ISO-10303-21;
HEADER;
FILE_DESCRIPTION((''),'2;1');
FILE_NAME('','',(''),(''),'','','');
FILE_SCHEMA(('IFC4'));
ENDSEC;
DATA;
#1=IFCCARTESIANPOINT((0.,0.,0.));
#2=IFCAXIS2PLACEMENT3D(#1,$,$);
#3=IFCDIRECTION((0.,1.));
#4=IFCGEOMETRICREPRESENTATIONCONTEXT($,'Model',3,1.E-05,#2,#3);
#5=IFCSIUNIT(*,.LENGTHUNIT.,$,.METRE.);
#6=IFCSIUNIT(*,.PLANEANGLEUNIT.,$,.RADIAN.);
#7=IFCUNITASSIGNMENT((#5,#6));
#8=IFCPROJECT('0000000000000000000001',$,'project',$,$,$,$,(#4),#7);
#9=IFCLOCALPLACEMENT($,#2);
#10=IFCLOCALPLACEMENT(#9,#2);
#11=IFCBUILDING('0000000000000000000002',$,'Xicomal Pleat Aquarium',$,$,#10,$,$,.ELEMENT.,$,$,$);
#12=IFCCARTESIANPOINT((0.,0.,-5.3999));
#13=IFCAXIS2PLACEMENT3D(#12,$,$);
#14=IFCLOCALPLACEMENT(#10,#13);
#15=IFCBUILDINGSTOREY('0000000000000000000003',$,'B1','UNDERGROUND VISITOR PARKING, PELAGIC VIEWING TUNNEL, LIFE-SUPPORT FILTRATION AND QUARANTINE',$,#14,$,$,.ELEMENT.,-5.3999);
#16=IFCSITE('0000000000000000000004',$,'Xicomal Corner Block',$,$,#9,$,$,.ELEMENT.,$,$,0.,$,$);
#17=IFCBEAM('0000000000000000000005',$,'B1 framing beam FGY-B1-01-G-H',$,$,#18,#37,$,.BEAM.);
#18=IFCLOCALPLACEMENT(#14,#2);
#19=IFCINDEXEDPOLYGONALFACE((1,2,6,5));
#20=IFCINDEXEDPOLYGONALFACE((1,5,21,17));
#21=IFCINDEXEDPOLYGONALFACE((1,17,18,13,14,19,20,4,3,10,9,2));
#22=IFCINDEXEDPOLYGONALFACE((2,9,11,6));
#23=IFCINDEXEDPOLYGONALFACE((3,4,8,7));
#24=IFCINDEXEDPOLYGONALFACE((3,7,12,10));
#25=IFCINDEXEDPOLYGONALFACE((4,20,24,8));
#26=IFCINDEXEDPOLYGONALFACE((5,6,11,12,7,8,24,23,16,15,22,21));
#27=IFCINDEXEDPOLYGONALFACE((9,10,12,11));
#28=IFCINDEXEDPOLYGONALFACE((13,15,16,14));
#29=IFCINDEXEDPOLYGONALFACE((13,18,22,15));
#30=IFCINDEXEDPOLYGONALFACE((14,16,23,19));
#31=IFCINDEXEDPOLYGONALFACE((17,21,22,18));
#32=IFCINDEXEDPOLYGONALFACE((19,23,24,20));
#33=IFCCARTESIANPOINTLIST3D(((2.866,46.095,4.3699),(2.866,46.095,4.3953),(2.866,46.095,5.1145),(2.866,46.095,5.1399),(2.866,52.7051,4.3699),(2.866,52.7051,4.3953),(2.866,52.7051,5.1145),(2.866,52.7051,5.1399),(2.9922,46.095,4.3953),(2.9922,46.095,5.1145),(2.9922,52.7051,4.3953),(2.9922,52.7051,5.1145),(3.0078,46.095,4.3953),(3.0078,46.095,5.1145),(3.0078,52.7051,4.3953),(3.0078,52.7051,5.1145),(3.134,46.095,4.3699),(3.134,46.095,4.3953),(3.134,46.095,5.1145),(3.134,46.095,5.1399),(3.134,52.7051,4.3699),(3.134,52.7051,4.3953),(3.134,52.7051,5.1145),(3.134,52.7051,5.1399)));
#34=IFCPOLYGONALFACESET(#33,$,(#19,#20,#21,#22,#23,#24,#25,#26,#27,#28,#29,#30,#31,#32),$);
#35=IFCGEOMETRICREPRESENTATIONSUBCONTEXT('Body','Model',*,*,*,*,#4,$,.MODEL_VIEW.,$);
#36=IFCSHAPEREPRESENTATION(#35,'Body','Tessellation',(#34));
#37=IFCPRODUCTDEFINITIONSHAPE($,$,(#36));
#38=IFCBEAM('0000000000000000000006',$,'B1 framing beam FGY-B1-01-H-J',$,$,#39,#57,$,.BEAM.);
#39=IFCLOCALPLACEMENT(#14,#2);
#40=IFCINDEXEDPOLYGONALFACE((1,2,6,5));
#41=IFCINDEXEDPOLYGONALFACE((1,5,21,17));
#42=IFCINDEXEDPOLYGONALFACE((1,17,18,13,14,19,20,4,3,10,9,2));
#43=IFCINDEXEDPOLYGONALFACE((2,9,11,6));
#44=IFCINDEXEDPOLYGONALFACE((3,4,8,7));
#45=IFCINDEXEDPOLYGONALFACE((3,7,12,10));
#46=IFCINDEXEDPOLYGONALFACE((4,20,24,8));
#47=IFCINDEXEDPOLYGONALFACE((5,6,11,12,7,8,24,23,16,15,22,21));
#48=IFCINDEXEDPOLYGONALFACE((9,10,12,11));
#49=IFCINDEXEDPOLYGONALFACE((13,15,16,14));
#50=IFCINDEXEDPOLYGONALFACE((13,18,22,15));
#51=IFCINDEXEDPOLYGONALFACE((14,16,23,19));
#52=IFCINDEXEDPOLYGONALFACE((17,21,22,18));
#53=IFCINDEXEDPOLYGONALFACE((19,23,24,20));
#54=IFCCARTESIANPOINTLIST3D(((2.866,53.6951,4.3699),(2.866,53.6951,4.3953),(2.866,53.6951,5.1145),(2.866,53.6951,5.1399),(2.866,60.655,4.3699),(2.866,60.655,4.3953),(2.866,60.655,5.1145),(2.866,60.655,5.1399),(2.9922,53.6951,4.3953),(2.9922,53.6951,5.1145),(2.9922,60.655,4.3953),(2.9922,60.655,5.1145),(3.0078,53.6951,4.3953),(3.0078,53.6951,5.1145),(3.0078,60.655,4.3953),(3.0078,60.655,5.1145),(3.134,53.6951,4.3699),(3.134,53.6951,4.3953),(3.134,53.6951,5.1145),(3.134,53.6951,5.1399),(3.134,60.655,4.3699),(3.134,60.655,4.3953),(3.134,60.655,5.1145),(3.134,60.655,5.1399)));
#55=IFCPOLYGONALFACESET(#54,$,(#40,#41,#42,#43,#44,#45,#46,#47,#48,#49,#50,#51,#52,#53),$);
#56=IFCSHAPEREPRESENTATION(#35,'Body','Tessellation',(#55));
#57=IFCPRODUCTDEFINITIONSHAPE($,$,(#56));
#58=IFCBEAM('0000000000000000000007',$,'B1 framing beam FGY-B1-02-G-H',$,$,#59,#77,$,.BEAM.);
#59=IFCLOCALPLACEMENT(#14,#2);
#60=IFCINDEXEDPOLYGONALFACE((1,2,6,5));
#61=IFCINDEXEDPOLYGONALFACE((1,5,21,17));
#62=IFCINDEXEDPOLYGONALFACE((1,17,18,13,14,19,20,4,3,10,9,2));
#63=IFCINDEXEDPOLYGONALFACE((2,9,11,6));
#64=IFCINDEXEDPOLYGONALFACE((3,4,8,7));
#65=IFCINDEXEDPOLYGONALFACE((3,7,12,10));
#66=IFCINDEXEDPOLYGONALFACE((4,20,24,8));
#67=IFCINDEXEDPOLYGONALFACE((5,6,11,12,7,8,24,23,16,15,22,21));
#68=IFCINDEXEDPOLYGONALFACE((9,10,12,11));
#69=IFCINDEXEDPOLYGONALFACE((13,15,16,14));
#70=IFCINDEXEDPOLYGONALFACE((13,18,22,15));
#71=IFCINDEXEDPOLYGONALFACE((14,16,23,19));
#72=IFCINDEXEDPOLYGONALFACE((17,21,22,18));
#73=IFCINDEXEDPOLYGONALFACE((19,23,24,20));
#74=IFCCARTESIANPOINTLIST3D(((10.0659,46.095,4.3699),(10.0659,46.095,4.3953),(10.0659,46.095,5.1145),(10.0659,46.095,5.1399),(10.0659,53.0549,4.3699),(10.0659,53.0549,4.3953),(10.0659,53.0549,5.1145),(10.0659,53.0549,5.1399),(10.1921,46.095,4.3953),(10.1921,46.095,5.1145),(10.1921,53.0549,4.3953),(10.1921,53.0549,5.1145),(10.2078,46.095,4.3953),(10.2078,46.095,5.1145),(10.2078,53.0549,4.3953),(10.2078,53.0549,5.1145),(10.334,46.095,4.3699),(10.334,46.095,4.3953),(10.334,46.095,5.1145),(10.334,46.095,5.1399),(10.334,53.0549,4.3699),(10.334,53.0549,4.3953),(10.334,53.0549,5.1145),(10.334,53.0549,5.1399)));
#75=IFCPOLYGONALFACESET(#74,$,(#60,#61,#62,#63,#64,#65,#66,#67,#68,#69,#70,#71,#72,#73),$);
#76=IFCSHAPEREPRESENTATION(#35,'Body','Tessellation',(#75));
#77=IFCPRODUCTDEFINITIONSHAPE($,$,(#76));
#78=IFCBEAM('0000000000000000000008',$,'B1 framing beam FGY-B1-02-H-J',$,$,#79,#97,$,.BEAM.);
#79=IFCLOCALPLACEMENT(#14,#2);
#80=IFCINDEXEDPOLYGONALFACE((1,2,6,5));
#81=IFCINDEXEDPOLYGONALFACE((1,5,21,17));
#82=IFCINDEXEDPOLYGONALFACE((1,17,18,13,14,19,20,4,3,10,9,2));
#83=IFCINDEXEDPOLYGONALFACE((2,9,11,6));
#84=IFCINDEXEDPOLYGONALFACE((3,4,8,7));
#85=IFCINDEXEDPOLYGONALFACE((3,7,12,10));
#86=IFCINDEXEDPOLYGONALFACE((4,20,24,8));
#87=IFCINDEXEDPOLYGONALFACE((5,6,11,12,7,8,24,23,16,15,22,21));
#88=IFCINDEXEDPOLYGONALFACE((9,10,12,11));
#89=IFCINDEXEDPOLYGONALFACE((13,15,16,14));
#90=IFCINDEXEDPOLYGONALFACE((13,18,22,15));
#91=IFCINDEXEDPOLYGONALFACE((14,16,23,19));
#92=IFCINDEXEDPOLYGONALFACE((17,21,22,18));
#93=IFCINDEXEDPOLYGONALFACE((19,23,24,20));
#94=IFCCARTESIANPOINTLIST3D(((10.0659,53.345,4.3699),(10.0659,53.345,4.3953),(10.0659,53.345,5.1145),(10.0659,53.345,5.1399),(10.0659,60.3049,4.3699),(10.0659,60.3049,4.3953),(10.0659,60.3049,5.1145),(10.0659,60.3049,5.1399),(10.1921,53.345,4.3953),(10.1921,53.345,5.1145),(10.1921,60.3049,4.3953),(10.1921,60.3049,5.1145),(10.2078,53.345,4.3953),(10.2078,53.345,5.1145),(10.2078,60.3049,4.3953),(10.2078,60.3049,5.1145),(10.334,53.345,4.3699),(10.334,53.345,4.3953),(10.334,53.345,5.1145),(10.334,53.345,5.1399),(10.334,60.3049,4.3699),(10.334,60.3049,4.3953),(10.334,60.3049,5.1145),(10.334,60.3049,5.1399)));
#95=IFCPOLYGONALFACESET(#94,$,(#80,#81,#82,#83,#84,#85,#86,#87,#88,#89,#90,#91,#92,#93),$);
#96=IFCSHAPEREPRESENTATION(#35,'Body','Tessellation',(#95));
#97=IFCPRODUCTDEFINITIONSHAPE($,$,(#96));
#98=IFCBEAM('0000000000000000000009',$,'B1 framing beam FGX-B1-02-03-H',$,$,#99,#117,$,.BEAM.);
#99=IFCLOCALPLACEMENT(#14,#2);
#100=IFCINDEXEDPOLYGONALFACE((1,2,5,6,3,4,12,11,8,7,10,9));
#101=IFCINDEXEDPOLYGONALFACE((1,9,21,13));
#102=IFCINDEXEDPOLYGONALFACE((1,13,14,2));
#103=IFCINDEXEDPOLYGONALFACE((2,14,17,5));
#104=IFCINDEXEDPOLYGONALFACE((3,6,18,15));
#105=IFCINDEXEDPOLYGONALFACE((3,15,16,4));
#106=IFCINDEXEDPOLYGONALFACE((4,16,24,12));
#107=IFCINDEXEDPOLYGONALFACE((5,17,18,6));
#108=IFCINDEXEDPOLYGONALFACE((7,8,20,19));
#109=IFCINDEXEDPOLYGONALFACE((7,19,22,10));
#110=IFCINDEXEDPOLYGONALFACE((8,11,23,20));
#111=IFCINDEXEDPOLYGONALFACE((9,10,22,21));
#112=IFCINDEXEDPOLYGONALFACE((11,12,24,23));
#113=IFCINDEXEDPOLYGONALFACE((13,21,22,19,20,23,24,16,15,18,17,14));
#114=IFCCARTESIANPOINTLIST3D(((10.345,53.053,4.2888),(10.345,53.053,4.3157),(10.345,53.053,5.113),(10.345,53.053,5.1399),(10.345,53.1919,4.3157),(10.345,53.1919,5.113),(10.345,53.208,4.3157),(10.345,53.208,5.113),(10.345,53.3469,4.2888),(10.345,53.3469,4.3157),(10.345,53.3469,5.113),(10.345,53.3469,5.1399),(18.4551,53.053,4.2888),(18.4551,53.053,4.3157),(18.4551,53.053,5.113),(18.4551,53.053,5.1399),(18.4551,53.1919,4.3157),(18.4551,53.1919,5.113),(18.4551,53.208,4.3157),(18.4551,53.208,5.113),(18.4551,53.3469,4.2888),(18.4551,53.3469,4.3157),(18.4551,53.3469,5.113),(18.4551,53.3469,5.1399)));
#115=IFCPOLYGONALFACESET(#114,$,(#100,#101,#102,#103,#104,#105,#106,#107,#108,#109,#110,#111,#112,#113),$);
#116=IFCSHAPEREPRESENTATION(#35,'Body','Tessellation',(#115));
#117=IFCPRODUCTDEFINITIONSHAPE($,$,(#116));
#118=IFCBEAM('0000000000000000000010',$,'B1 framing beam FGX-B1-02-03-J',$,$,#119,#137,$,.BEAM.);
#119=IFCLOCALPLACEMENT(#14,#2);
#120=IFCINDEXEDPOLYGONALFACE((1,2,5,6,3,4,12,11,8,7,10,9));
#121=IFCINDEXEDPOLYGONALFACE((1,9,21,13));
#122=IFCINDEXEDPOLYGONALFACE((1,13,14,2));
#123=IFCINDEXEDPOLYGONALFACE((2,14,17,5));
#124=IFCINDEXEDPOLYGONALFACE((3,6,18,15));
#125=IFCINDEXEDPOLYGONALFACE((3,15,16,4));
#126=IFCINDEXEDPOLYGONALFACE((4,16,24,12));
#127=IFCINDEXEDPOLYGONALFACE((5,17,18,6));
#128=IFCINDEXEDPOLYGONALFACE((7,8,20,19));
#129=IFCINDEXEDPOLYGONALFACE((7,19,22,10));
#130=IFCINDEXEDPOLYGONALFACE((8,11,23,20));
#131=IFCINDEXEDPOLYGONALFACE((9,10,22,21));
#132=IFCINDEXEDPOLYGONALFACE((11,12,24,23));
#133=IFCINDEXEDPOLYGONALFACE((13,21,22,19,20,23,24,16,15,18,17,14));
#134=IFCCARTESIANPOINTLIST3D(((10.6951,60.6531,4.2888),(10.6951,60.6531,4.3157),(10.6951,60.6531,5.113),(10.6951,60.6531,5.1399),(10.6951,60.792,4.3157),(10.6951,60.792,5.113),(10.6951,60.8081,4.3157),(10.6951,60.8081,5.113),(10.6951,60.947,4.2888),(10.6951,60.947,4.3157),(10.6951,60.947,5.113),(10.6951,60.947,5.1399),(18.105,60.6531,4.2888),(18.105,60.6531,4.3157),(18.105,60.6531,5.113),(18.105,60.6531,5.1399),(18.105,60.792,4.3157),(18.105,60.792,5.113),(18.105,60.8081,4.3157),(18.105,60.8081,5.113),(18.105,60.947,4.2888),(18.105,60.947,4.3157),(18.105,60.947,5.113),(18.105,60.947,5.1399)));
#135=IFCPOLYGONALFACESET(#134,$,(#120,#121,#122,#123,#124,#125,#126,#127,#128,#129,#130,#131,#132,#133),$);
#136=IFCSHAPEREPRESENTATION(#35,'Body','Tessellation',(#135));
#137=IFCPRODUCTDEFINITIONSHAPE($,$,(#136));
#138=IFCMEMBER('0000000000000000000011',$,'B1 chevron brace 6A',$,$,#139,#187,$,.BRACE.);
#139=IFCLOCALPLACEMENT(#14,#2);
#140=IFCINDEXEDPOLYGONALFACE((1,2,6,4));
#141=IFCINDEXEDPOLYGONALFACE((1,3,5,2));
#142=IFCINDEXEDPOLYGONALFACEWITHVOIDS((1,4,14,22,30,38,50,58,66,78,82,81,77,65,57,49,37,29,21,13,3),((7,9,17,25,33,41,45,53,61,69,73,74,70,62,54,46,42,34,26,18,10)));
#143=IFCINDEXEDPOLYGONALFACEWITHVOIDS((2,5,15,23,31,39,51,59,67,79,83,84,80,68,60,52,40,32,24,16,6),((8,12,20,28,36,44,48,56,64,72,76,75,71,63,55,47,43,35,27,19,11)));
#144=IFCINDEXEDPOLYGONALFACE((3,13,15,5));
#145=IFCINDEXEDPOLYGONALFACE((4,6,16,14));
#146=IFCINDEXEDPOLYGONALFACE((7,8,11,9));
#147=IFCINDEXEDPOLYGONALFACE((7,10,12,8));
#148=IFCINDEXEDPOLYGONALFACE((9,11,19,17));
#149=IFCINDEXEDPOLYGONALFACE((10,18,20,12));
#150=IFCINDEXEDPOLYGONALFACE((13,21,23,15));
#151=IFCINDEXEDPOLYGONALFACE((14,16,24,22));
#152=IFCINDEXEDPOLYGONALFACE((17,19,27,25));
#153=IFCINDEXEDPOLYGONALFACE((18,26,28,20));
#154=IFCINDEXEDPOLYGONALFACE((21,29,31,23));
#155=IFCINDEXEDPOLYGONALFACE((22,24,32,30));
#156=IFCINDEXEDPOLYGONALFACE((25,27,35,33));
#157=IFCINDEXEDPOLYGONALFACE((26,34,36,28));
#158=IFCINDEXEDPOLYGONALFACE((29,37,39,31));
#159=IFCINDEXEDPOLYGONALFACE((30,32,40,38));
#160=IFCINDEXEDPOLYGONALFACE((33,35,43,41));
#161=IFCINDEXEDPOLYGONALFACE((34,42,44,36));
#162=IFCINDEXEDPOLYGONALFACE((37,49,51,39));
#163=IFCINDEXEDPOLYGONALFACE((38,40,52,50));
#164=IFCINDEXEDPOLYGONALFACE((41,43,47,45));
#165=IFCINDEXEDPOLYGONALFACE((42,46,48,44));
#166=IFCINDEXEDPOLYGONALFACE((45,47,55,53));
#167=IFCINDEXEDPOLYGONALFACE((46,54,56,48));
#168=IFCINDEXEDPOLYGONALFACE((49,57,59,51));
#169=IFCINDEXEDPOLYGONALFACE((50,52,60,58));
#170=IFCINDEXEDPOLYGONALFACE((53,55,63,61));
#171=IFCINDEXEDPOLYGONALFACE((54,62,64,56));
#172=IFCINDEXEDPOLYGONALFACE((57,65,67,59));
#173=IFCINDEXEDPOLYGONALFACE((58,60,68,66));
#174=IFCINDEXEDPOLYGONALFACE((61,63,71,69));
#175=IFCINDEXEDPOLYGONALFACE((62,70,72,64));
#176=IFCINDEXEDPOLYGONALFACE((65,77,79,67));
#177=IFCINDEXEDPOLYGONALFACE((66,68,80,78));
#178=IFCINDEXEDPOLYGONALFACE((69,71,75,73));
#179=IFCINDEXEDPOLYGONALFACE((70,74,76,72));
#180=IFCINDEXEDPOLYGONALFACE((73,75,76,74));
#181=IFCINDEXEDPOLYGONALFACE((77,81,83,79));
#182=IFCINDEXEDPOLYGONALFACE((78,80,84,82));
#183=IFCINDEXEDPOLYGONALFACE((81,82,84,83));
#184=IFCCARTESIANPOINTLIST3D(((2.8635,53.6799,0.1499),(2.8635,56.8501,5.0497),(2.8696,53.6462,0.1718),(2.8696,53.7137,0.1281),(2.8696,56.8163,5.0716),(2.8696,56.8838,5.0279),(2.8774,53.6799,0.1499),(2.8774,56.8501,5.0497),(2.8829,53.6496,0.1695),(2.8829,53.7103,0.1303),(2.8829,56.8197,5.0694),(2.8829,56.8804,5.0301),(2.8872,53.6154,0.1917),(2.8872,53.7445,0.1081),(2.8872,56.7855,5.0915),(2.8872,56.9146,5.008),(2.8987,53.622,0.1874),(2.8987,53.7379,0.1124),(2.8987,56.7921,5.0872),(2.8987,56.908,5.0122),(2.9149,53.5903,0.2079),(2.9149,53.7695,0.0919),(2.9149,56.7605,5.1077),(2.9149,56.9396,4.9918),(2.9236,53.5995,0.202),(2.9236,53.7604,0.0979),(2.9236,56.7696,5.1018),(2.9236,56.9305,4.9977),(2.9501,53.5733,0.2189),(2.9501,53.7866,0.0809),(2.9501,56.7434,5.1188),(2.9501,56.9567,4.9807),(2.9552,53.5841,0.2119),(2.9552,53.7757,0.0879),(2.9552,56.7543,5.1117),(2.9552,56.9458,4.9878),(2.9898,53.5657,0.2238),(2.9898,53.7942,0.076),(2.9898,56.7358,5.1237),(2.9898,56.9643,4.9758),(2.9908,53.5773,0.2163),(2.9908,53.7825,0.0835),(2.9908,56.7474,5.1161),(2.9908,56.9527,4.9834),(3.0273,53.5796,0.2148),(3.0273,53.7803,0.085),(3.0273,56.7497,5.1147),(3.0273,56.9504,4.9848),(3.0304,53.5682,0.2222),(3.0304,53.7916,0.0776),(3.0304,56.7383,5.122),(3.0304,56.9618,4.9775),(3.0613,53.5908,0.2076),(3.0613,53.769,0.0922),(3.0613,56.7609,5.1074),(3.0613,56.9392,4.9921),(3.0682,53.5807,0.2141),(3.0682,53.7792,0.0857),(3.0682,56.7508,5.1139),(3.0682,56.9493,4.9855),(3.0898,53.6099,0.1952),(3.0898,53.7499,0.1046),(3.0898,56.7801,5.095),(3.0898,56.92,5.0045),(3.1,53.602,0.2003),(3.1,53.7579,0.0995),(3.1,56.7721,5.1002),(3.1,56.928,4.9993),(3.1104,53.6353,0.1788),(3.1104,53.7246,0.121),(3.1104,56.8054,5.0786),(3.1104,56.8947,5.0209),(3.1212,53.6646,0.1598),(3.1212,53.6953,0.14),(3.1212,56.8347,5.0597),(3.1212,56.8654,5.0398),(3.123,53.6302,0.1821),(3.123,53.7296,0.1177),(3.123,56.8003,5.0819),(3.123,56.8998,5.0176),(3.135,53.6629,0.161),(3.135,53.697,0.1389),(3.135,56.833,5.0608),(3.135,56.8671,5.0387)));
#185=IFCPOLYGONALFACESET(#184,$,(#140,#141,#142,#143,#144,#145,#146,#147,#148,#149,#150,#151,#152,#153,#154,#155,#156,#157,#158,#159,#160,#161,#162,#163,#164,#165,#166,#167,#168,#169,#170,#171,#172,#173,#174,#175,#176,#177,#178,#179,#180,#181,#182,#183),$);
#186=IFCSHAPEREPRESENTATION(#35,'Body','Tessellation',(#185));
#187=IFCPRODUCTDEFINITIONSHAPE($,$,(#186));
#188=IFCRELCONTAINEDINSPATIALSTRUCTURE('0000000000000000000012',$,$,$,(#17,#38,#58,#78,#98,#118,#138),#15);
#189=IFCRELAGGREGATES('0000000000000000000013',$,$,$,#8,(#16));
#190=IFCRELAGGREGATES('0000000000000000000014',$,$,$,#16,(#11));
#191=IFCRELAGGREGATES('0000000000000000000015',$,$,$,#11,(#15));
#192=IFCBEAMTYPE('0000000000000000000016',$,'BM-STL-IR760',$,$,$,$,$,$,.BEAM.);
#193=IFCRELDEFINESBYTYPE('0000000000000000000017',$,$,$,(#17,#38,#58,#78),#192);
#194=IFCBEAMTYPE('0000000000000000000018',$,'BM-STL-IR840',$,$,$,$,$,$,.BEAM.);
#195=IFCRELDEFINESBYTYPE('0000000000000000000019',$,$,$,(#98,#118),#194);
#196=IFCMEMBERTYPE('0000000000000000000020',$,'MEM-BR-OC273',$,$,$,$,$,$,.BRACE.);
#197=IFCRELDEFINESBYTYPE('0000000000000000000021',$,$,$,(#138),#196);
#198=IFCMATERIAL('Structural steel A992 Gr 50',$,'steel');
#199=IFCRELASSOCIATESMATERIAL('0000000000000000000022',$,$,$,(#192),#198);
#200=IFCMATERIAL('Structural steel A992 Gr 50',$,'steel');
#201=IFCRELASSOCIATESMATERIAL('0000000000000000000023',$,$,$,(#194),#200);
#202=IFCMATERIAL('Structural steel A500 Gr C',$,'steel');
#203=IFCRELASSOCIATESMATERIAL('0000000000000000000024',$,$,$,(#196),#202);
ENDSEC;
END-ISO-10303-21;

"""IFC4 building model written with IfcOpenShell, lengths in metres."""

from ifc_helpers import new_model, si_unit, direction, frame, origin, origin_2d, place, context, subcontext, project, spatial, hollow_circle, i_section, extrude, material, material_profile, profile_set, type_object, element, save


model = new_model("IFC4")

# Units and contexts
model_context = context("Model", 3, precision=1e-05, world=origin(), true_north=direction((0.0, 1.0)))
body_context = subcontext(model_context, "Body", "Model", "MODEL_VIEW")
ifc_project = project(units=[si_unit("LENGTHUNIT", "METRE"), si_unit("PLANEANGLEUNIT", "RADIAN")], contexts=[model_context])

# Site, building, storey
site_placement = place(None, origin())
site = spatial("IfcSite", under=ifc_project, at=site_placement, Name="Xicomal Corner Block", CompositionType="ELEMENT", RefElevation=0.0)
building_placement = place(site_placement, origin())
building = spatial("IfcBuilding", under=site, at=building_placement, Name="Xicomal Pleat Aquarium", CompositionType="ELEMENT")
storey_placement = place(building_placement, frame((0.0, 0.0, -5.3999)))
storey = spatial("IfcBuildingStorey", under=building, at=storey_placement, Name="B1", Description="UNDERGROUND VISITOR PARKING, PELAGIC VIEWING TUNNEL, LIFE-SUPPORT FILTRATION AND QUARANTINE", CompositionType="ELEMENT", Elevation=-5.3999)

# Beams
ifc_material_1 = material(Name="Structural steel A992 Gr 50", Category="steel")
ifc_material_profile_1 = material_profile(ifc_material_1, i_section(OverallWidth=0.2681, OverallDepth=0.77, WebThickness=0.0156, FlangeThickness=0.0254, at=origin_2d()), Name="IR 760x196")
ifc_profile_set_1 = profile_set([ifc_material_profile_1], Name="Structural steel A992 Gr 50")
beam_type_1 = type_object("IfcBeamType", Name="BM-STL-IR760", PredefinedType="BEAM", material=ifc_profile_set_1)
beam_1_placement = place(storey_placement, frame((3.0, 46.095, 4.7549), z_axis=(0.0, 1.0, 0.0), x_axis=(-1.0, 0.0, 0.0)))
element("IfcBeam", 1, at=beam_1_placement, inside=storey, type_object=beam_type_1, Name="B1 framing beam FGY-B1-01-G-H", PredefinedType="BEAM", context=body_context, shape_type="SweptSolid", body=[
    extrude(i_section(OverallWidth=0.2681, OverallDepth=0.77, WebThickness=0.0156, FlangeThickness=0.0254, at=origin_2d()), origin(), (0.0, 0.0, 1.0), 6.6101),
])
for number, where, z_axis, x_axis, name in (
    (2, (3.0, 53.6951, 4.7549), (0.0, 1.0, 0.0), (-1.0, 0.0, 0.0), "B1 framing beam FGY-B1-01-H-J"),
    (3, (10.2, 46.095, 4.7549), (0.0, 1.0, 0.0), (-1.0, 0.0, 0.0), "B1 framing beam FGY-B1-02-G-H"),
    (4, (10.2, 53.345, 4.7549), (0.0, 1.0, 0.0), (-1.0, 0.0, 0.0), "B1 framing beam FGY-B1-02-H-J"),
):
    element("IfcBeam", number, at=place(storey_placement, frame(where, z_axis=z_axis, x_axis=x_axis)), inside=storey, type_object=beam_type_1, Name=name, PredefinedType="BEAM", context=body_context, shape_type="SweptSolid", body=[
        extrude(i_section(OverallWidth=0.2681, OverallDepth=0.77, WebThickness=0.0156, FlangeThickness=0.0254, at=origin_2d()), origin(), (0.0, 0.0, 1.0), 6.96),
    ])
ifc_material_2 = material(Name="Structural steel A992 Gr 50", Category="steel")
ifc_material_profile_2 = material_profile(ifc_material_2, i_section(OverallWidth=0.2939, OverallDepth=0.8511, WebThickness=0.0161, FlangeThickness=0.0269, at=origin_2d()), Name="IR 840x226")
ifc_profile_set_2 = profile_set([ifc_material_profile_2], Name="Structural steel A992 Gr 50")
beam_type_2 = type_object("IfcBeamType", Name="BM-STL-IR840", PredefinedType="BEAM", material=ifc_profile_set_2)
beam_2_placement = place(storey_placement, frame((10.345, 53.2, 4.7144), z_axis=(1.0, 0.0, 0.0), x_axis=(0.0, 1.0, 0.0)))
element("IfcBeam", 5, at=beam_2_placement, inside=storey, type_object=beam_type_2, Name="B1 framing beam FGX-B1-02-03-H", PredefinedType="BEAM", context=body_context, shape_type="SweptSolid", body=[
    extrude(i_section(OverallWidth=0.2939, OverallDepth=0.8511, WebThickness=0.0161, FlangeThickness=0.0269, at=origin_2d()), origin(), (0.0, 0.0, 1.0), 8.1101),
])
beam_3_placement = place(storey_placement, frame((10.6951, 60.8, 4.7144), z_axis=(1.0, 0.0, 0.0), x_axis=(0.0, 1.0, 0.0)))
element("IfcBeam", 6, at=beam_3_placement, inside=storey, type_object=beam_type_2, Name="B1 framing beam FGX-B1-02-03-J", PredefinedType="BEAM", context=body_context, shape_type="SweptSolid", body=[
    extrude(i_section(OverallWidth=0.2939, OverallDepth=0.8511, WebThickness=0.0161, FlangeThickness=0.0269, at=origin_2d()), origin(), (0.0, 0.0, 1.0), 7.4099),
])

# Member
ifc_material_3 = material(Name="Structural steel A500 Gr C", Category="steel")
ifc_material_profile_3 = material_profile(ifc_material_3, hollow_circle(Radius=0.1365, WallThickness=0.0139, at=origin_2d()), Name="OC 273x14")
ifc_profile_set_3 = profile_set([ifc_material_profile_3], Name="Structural steel A500 Gr C")
member_type = type_object("IfcMemberType", Name="MEM-BR-OC273", PredefinedType="BRACE", material=ifc_profile_set_3)
member_1_placement = place(storey_placement, frame((3.0, 53.6799, 0.1499), z_axis=(0.0, 0.543208, 0.839598), x_axis=(-1.0, 0.0, 0.0)))
element("IfcMember", 7, at=member_1_placement, inside=storey, type_object=member_type, Name="B1 chevron brace 6A", PredefinedType="BRACE", context=body_context, shape_type="SweptSolid", body=[
    extrude(hollow_circle(Radius=0.1365, WallThickness=0.0139, at=origin_2d()), origin(), (0.0, 0.0, 1.0), 5.8359),
])

save(model, "model.ifc")
